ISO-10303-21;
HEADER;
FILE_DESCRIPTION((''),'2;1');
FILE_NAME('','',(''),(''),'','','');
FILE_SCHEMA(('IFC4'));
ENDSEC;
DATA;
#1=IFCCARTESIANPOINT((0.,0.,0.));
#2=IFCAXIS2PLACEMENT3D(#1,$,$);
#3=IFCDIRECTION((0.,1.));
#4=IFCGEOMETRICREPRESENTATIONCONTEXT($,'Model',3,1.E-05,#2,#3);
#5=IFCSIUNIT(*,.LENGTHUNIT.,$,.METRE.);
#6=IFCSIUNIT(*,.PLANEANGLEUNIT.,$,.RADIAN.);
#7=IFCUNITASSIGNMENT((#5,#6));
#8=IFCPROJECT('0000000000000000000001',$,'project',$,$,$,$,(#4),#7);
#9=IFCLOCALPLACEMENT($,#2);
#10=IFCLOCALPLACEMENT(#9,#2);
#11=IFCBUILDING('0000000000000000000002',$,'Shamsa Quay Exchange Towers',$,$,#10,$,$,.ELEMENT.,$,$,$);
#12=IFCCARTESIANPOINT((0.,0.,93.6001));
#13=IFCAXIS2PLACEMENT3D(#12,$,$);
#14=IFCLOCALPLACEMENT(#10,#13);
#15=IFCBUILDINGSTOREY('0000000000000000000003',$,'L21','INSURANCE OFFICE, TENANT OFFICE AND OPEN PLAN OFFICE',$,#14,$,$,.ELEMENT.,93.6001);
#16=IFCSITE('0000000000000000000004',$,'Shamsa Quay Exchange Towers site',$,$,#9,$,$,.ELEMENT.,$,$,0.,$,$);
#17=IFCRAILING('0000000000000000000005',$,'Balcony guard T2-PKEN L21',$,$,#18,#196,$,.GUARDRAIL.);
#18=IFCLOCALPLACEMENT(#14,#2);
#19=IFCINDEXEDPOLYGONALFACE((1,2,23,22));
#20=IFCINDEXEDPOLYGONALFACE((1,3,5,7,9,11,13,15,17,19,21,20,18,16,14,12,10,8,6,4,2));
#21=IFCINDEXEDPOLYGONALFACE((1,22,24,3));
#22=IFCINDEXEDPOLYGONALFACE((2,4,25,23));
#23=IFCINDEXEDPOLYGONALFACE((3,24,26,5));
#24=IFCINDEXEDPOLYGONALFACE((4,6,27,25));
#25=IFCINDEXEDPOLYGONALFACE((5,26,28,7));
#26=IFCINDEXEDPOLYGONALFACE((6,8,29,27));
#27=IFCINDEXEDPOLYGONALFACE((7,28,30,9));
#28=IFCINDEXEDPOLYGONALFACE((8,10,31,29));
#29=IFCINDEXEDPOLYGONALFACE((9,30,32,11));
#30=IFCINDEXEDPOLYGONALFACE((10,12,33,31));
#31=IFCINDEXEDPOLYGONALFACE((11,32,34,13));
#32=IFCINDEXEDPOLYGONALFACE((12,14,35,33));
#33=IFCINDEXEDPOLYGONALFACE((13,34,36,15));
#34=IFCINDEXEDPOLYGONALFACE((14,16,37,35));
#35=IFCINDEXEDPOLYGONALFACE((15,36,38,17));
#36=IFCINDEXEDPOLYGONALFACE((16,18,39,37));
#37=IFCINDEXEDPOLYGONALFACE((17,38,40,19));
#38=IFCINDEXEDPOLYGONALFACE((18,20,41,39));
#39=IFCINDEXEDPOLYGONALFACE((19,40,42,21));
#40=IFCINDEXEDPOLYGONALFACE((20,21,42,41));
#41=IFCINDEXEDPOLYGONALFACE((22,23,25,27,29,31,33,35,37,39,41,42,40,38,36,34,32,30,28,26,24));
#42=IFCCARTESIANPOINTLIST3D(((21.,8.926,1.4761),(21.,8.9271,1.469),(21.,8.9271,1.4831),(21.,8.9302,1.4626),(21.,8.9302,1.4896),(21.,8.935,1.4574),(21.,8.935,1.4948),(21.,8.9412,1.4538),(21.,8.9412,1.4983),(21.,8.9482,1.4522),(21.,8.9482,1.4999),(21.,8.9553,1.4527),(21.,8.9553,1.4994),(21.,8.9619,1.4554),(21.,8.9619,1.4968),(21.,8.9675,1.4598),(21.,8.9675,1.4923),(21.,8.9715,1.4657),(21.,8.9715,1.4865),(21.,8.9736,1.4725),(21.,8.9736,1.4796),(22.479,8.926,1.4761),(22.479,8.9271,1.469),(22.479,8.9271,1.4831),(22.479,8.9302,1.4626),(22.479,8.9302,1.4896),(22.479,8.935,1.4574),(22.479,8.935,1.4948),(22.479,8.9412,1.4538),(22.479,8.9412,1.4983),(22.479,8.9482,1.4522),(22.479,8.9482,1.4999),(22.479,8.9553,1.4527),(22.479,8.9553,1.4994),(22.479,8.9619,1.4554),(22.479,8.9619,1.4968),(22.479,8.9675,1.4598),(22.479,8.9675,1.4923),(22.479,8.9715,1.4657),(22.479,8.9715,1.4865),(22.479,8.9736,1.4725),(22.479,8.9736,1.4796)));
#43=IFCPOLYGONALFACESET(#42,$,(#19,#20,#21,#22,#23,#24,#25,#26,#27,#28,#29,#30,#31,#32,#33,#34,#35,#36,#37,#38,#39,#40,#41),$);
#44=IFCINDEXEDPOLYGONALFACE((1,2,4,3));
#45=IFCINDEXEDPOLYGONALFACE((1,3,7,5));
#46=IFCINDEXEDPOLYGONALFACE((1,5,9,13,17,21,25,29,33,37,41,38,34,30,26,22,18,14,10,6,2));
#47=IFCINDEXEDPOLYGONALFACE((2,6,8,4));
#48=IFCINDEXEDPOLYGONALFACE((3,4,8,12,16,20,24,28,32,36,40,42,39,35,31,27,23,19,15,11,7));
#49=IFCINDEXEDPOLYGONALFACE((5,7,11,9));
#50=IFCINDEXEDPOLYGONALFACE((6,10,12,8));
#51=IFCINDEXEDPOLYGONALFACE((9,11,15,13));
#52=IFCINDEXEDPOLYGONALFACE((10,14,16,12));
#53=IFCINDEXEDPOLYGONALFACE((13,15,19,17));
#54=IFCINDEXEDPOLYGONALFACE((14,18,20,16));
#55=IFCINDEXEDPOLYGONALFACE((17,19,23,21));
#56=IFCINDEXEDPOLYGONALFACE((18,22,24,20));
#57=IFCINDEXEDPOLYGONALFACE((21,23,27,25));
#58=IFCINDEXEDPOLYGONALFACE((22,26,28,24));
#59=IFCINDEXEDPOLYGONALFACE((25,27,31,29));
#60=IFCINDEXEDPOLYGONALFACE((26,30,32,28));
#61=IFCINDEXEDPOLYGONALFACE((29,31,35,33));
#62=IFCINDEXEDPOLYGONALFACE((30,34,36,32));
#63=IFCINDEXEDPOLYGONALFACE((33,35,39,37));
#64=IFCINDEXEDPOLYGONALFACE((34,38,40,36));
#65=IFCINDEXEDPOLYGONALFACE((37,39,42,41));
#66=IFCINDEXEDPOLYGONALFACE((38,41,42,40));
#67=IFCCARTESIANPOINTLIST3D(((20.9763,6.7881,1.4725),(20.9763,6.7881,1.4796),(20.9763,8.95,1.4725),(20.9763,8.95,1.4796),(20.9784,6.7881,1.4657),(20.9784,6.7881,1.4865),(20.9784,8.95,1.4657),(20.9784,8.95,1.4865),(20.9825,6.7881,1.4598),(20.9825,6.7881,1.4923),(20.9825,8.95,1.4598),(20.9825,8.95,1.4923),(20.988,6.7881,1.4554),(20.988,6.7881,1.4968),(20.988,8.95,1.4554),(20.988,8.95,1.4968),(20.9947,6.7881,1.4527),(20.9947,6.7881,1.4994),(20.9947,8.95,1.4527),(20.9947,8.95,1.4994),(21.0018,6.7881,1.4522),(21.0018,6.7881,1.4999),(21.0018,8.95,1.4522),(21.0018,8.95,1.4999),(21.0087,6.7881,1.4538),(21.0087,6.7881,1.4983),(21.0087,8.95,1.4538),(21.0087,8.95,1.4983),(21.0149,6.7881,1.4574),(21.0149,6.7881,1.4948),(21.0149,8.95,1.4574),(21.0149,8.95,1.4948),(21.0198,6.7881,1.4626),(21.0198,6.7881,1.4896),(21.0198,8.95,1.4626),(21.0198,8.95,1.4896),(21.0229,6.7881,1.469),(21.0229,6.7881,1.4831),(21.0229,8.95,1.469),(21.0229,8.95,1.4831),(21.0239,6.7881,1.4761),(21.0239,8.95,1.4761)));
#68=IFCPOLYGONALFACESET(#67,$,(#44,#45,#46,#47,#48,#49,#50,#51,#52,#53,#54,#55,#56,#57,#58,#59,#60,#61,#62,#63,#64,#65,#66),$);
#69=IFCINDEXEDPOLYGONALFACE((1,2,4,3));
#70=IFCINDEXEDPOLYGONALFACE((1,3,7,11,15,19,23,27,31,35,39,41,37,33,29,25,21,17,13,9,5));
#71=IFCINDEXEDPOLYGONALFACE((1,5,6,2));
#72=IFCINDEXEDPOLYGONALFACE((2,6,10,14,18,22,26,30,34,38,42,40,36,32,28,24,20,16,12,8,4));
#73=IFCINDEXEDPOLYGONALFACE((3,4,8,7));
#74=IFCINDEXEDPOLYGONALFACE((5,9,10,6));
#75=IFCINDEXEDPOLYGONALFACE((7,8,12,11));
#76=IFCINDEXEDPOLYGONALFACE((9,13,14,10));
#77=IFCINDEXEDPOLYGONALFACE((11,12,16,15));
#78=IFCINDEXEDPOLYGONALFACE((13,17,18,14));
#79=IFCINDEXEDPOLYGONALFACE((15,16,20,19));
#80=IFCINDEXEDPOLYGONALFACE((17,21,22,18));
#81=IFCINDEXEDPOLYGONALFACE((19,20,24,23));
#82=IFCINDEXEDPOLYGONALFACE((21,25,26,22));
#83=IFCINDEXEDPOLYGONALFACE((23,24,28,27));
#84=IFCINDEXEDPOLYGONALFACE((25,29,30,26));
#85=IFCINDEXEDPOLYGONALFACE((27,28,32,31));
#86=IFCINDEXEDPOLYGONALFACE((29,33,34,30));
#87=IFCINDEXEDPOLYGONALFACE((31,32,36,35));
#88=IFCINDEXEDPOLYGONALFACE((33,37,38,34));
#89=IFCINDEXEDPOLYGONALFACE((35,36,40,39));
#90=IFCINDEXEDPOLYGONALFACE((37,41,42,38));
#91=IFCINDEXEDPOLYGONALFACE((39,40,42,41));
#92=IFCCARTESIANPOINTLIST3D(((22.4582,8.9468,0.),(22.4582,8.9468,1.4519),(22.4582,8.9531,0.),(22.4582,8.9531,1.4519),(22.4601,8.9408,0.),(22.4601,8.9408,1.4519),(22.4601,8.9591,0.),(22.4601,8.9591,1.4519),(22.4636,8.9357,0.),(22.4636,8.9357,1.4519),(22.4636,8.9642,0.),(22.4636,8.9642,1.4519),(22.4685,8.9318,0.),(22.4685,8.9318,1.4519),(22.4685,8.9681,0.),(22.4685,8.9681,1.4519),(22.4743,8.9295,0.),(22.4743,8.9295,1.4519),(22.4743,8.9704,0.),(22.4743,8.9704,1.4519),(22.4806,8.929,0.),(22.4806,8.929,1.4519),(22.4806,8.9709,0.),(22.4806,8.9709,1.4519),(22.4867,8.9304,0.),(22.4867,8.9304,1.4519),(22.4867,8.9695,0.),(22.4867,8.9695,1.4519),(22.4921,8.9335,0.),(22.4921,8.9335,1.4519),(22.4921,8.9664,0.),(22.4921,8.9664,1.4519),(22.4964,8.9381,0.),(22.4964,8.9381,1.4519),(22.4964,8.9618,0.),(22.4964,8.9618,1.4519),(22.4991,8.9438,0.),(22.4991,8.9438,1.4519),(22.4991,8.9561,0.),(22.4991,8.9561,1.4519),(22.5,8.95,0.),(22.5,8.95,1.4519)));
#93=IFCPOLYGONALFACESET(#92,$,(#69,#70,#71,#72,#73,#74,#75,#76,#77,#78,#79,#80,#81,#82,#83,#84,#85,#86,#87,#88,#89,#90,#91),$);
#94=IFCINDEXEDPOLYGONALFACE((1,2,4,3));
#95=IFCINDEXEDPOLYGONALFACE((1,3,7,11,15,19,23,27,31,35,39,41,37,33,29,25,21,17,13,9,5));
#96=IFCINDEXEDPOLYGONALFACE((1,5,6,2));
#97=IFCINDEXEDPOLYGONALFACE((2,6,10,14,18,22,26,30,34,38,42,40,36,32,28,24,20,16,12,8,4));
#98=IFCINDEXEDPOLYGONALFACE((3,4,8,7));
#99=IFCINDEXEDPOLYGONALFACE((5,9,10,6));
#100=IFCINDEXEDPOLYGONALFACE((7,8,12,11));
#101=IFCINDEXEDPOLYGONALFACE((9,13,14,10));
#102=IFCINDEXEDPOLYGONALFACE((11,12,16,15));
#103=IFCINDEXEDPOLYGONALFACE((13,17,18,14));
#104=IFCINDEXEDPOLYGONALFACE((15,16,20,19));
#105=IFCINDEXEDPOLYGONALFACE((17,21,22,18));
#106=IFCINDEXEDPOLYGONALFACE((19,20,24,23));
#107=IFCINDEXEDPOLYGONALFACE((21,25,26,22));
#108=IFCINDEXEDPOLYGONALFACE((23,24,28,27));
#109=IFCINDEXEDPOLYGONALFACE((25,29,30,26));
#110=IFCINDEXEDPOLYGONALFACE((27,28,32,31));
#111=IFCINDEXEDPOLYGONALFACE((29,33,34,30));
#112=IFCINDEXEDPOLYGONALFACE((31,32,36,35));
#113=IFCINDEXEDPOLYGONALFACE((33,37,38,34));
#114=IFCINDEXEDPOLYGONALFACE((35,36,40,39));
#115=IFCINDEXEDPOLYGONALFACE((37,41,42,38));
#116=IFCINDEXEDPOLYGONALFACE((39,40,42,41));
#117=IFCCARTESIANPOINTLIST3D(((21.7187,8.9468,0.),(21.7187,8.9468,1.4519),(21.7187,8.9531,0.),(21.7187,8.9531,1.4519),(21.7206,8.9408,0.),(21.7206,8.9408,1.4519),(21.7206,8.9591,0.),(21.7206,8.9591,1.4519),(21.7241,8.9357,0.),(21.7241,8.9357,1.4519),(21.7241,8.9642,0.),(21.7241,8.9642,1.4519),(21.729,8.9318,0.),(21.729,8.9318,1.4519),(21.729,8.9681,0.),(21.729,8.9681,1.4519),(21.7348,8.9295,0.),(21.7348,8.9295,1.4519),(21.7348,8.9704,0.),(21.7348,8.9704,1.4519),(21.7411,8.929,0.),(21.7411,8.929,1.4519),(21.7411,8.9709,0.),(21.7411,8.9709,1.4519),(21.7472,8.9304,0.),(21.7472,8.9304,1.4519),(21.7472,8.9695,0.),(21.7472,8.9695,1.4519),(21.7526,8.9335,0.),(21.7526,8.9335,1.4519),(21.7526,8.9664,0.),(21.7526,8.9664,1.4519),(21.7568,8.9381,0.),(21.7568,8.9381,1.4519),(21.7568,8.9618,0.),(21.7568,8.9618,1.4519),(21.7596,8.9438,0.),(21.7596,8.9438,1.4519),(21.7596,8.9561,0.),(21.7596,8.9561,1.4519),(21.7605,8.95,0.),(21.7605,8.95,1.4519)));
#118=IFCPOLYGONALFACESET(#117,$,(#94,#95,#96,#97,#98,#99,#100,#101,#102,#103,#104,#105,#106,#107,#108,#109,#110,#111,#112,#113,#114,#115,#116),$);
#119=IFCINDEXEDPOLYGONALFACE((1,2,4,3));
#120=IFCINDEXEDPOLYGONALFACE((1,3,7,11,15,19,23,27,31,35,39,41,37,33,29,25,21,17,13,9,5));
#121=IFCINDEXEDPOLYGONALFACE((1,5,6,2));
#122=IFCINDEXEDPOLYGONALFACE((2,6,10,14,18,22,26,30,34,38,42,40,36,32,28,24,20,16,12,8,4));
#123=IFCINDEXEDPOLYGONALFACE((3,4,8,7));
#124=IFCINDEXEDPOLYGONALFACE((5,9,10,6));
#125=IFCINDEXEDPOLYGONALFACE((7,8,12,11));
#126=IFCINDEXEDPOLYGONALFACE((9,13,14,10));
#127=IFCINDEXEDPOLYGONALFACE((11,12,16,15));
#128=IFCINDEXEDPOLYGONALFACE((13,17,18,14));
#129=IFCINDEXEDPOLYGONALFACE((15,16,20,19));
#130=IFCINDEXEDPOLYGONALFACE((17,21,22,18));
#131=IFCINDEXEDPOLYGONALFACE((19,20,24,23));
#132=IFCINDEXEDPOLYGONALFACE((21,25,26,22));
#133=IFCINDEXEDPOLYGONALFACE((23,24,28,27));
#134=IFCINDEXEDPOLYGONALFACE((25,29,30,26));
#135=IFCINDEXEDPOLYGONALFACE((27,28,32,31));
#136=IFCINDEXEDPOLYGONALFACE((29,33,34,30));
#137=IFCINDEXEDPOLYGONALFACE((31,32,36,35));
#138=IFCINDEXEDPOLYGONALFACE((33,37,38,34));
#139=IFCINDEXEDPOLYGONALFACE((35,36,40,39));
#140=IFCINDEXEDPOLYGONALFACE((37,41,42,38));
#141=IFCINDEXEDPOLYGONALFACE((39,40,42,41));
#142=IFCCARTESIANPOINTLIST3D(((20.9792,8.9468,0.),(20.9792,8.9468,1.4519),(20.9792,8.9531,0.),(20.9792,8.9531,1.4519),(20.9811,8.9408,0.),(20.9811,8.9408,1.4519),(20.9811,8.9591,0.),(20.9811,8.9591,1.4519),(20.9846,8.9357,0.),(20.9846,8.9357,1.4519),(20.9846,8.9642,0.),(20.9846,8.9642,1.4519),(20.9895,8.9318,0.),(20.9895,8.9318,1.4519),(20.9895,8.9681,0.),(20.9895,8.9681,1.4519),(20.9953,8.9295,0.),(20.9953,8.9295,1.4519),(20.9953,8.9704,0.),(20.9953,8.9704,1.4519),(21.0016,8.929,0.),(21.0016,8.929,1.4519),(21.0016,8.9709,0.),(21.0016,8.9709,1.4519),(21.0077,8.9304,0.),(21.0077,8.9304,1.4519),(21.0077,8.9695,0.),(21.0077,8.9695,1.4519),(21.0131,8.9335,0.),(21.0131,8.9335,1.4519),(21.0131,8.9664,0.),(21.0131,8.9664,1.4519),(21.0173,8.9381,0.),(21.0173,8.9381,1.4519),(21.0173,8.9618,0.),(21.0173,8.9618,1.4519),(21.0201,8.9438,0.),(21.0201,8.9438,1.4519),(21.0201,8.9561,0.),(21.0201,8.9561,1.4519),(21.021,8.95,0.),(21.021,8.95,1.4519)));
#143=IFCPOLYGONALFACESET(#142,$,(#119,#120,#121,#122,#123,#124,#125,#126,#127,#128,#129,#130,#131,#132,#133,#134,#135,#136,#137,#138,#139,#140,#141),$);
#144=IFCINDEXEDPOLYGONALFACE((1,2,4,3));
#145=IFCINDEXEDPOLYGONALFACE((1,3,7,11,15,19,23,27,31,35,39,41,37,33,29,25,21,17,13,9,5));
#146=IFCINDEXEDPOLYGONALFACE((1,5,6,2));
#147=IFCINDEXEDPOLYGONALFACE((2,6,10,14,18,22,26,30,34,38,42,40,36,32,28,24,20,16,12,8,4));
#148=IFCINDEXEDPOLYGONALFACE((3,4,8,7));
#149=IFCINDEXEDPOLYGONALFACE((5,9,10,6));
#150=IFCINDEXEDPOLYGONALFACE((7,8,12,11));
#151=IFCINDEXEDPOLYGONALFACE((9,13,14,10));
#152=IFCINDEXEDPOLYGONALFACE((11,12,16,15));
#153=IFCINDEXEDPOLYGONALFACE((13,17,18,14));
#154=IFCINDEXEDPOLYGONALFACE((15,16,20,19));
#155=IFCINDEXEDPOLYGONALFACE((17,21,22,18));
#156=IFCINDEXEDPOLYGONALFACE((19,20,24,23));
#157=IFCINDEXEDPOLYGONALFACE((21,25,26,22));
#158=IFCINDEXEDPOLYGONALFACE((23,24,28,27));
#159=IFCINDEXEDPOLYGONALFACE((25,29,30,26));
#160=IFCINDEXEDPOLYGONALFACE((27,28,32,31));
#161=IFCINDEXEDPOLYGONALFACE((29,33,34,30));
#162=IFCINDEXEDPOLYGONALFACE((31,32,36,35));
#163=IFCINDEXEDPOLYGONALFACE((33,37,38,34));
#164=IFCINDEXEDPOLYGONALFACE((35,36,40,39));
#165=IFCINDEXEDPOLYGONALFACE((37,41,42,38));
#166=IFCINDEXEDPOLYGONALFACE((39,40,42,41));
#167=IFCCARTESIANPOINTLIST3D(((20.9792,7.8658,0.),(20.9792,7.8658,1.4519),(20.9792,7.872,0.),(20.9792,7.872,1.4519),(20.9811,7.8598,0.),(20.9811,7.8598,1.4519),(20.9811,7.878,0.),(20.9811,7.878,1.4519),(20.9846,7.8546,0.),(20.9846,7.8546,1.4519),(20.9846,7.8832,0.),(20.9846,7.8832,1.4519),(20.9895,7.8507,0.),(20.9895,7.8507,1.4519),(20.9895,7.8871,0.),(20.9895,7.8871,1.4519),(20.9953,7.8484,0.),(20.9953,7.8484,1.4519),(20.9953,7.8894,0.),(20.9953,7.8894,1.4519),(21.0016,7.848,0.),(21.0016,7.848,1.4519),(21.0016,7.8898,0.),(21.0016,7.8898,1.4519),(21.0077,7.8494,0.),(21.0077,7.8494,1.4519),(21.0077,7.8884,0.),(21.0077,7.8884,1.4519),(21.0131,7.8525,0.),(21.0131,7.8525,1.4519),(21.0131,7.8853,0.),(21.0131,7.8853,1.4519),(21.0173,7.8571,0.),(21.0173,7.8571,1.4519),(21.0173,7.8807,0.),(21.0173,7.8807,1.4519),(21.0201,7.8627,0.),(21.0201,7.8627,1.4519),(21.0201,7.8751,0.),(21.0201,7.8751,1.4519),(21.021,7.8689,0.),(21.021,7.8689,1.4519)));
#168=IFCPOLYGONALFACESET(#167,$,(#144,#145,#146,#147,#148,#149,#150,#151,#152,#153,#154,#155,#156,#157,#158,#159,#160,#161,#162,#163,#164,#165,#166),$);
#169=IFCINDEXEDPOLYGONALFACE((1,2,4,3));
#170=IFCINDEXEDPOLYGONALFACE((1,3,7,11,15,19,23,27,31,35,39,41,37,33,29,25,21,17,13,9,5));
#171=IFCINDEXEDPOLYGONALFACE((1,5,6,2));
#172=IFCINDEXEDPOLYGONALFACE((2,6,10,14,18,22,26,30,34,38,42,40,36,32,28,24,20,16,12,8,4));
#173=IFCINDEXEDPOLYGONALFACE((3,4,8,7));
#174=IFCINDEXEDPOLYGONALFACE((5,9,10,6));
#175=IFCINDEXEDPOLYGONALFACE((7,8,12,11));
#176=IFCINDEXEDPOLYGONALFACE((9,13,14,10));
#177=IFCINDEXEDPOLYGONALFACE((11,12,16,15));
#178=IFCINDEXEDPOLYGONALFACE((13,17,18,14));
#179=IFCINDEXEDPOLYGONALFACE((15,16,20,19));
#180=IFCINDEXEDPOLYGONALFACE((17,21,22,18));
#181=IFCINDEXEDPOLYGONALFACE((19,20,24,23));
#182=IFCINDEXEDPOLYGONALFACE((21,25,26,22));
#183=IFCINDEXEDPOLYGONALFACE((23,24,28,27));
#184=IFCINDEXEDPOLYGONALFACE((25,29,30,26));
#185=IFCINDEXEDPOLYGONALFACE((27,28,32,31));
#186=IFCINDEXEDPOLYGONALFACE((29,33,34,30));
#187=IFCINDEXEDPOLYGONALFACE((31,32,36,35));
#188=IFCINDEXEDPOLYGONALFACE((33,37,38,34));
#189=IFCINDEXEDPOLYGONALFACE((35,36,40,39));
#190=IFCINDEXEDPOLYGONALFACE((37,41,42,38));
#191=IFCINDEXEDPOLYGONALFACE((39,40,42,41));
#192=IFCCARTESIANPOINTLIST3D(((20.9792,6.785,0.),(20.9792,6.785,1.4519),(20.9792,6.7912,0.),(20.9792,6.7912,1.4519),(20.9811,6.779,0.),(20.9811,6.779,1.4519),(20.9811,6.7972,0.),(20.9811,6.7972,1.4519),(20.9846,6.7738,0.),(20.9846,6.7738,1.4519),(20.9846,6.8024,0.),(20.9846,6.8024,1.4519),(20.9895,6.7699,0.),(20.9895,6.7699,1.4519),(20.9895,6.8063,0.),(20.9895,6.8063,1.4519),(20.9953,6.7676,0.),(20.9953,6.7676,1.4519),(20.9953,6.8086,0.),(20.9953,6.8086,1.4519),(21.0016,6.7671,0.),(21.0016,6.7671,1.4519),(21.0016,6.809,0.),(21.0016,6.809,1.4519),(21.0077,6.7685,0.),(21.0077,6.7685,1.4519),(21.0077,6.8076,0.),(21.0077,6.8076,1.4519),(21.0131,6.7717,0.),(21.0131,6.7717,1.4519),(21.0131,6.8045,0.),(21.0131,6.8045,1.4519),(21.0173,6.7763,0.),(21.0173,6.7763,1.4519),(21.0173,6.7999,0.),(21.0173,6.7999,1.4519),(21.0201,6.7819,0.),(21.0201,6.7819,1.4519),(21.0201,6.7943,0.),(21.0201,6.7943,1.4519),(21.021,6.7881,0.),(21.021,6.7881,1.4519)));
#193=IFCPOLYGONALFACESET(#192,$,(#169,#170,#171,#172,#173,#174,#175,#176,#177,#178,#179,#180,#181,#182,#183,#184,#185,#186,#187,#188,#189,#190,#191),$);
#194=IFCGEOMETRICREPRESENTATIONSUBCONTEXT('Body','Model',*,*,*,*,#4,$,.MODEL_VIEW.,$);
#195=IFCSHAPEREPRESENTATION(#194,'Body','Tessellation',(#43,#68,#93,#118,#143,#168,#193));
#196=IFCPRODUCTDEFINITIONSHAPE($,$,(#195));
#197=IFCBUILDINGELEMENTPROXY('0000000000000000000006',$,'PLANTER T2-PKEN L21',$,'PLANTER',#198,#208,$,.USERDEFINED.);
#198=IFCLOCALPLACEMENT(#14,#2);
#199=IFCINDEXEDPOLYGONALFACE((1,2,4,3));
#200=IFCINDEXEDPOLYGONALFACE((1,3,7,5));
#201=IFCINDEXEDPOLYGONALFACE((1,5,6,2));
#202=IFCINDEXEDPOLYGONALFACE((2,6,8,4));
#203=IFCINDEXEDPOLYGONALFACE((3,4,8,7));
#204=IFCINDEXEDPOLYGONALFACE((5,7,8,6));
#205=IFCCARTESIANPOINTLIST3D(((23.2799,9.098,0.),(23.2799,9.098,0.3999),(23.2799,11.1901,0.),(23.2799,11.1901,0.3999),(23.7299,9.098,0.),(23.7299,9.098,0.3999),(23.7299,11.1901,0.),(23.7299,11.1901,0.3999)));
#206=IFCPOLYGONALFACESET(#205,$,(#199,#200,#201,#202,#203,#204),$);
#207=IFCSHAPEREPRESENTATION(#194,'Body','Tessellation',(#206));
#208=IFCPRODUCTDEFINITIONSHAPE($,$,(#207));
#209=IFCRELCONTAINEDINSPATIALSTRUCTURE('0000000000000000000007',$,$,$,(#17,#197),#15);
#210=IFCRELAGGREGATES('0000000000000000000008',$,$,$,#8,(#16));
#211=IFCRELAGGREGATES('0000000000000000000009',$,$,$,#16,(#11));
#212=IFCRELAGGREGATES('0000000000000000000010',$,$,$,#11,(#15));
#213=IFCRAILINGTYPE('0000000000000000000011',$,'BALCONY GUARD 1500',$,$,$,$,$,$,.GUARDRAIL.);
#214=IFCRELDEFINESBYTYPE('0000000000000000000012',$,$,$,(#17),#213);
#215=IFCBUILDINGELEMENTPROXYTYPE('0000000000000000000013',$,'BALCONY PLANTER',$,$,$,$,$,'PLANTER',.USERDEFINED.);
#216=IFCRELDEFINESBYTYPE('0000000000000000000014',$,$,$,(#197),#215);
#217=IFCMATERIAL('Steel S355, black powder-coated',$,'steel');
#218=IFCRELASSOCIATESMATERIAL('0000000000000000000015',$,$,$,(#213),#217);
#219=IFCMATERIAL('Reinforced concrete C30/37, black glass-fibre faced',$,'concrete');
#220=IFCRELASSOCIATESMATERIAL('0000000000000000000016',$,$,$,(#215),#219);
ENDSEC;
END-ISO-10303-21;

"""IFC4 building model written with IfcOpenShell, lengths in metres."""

from ifc_helpers import new_model, si_unit, direction, frame, origin, origin_2d, place, context, subcontext, project, spatial, rectangle, circle, extrude, material, type_object, element, save


model = new_model("IFC4")

# Units and contexts
model_context = context("Model", 3, precision=1e-05, world=origin(), true_north=direction((0.0, 1.0)))
body_context = subcontext(model_context, "Body", "Model", "MODEL_VIEW")
ifc_project = project(units=[si_unit("LENGTHUNIT", "METRE"), si_unit("PLANEANGLEUNIT", "RADIAN")], contexts=[model_context])

# Site, building, storey
site_placement = place(None, origin())
site = spatial("IfcSite", under=ifc_project, at=site_placement, Name="Shamsa Quay Exchange Towers site", CompositionType="ELEMENT", RefElevation=0.0)
building_placement = place(site_placement, origin())
building = spatial("IfcBuilding", under=site, at=building_placement, Name="Shamsa Quay Exchange Towers", CompositionType="ELEMENT")
storey_placement = place(building_placement, frame((0.0, 0.0, 93.6001)))
storey = spatial("IfcBuildingStorey", under=building, at=storey_placement, Name="L21", Description="INSURANCE OFFICE, TENANT OFFICE AND OPEN PLAN OFFICE", CompositionType="ELEMENT", Elevation=93.6001)

# Railing
ifc_material_1 = material(Name="Steel S355, black powder-coated", Category="steel")
railing_type = type_object("IfcRailingType", Name="BALCONY GUARD 1500", PredefinedType="GUARDRAIL", material=ifc_material_1)
for number, where, name in (
    (1, (22.479, 8.95, 0.0), "Balcony guard T2-PKEN L21"),
):
    element("IfcRailing", number, at=place(storey_placement, frame(where)), inside=storey, type_object=railing_type, Name=name, PredefinedType="GUARDRAIL", context=body_context, shape_type="SweptSolid", body=[
        extrude(circle(Radius=0.0239, at=origin_2d()), frame((0.0, 0.0, 1.4761), z_axis=(-1.0, 0.0, 0.0), x_axis=(0.0, -1.0, 0.0)), (0.0, 0.0, 1.0), 1.479),
        extrude(circle(Radius=0.0239, at=origin_2d()), frame((-1.479, 0.0, 1.4761), z_axis=(0.0, -1.0, 0.0), x_axis=(1.0, 0.0, 0.0)), (0.0, 0.0, 1.0), 2.1619),
        extrude(circle(Radius=0.021, at=origin_2d()), origin(), (0.0, 0.0, 1.0), 1.4519),
        extrude(circle(Radius=0.021, at=origin_2d()), frame((-0.7395, 0.0, 0.0)), (0.0, 0.0, 1.0), 1.4519),
        extrude(circle(Radius=0.021, at=origin_2d()), frame((-1.479, 0.0, 0.0)), (0.0, 0.0, 1.0), 1.4519),
        extrude(circle(Radius=0.021, at=origin_2d()), frame((-1.479, -1.0811, 0.0)), (0.0, 0.0, 1.0), 1.4519),
        extrude(circle(Radius=0.021, at=origin_2d()), frame((-1.479, -2.1619, 0.0)), (0.0, 0.0, 1.0), 1.4519),
    ])

# Building element proxy
ifc_material_2 = material(Name="Reinforced concrete C30/37, black glass-fibre faced", Category="concrete")
building_element_proxy_type = type_object("IfcBuildingElementProxyType", Name="BALCONY PLANTER", ElementType="PLANTER", PredefinedType="USERDEFINED", material=ifc_material_2)
for number, where, z_axis, x_axis, name in (
    (2, (23.5049, 10.144, 0.0), (0.0, 0.0, 1.0), (0.0, -1.0, 0.0), "PLANTER T2-PKEN L21"),
):
    element("IfcBuildingElementProxy", number, at=place(storey_placement, frame(where, z_axis=z_axis, x_axis=x_axis)), inside=storey, type_object=building_element_proxy_type, Name=name, ObjectType="PLANTER", PredefinedType="USERDEFINED", context=body_context, shape_type="SweptSolid", body=[
        extrude(rectangle(XDim=2.092, YDim=0.45, at=origin_2d()), origin(), (0.0, 0.0, 1.0), 0.3999),
    ])

save(model, "model.ifc")
